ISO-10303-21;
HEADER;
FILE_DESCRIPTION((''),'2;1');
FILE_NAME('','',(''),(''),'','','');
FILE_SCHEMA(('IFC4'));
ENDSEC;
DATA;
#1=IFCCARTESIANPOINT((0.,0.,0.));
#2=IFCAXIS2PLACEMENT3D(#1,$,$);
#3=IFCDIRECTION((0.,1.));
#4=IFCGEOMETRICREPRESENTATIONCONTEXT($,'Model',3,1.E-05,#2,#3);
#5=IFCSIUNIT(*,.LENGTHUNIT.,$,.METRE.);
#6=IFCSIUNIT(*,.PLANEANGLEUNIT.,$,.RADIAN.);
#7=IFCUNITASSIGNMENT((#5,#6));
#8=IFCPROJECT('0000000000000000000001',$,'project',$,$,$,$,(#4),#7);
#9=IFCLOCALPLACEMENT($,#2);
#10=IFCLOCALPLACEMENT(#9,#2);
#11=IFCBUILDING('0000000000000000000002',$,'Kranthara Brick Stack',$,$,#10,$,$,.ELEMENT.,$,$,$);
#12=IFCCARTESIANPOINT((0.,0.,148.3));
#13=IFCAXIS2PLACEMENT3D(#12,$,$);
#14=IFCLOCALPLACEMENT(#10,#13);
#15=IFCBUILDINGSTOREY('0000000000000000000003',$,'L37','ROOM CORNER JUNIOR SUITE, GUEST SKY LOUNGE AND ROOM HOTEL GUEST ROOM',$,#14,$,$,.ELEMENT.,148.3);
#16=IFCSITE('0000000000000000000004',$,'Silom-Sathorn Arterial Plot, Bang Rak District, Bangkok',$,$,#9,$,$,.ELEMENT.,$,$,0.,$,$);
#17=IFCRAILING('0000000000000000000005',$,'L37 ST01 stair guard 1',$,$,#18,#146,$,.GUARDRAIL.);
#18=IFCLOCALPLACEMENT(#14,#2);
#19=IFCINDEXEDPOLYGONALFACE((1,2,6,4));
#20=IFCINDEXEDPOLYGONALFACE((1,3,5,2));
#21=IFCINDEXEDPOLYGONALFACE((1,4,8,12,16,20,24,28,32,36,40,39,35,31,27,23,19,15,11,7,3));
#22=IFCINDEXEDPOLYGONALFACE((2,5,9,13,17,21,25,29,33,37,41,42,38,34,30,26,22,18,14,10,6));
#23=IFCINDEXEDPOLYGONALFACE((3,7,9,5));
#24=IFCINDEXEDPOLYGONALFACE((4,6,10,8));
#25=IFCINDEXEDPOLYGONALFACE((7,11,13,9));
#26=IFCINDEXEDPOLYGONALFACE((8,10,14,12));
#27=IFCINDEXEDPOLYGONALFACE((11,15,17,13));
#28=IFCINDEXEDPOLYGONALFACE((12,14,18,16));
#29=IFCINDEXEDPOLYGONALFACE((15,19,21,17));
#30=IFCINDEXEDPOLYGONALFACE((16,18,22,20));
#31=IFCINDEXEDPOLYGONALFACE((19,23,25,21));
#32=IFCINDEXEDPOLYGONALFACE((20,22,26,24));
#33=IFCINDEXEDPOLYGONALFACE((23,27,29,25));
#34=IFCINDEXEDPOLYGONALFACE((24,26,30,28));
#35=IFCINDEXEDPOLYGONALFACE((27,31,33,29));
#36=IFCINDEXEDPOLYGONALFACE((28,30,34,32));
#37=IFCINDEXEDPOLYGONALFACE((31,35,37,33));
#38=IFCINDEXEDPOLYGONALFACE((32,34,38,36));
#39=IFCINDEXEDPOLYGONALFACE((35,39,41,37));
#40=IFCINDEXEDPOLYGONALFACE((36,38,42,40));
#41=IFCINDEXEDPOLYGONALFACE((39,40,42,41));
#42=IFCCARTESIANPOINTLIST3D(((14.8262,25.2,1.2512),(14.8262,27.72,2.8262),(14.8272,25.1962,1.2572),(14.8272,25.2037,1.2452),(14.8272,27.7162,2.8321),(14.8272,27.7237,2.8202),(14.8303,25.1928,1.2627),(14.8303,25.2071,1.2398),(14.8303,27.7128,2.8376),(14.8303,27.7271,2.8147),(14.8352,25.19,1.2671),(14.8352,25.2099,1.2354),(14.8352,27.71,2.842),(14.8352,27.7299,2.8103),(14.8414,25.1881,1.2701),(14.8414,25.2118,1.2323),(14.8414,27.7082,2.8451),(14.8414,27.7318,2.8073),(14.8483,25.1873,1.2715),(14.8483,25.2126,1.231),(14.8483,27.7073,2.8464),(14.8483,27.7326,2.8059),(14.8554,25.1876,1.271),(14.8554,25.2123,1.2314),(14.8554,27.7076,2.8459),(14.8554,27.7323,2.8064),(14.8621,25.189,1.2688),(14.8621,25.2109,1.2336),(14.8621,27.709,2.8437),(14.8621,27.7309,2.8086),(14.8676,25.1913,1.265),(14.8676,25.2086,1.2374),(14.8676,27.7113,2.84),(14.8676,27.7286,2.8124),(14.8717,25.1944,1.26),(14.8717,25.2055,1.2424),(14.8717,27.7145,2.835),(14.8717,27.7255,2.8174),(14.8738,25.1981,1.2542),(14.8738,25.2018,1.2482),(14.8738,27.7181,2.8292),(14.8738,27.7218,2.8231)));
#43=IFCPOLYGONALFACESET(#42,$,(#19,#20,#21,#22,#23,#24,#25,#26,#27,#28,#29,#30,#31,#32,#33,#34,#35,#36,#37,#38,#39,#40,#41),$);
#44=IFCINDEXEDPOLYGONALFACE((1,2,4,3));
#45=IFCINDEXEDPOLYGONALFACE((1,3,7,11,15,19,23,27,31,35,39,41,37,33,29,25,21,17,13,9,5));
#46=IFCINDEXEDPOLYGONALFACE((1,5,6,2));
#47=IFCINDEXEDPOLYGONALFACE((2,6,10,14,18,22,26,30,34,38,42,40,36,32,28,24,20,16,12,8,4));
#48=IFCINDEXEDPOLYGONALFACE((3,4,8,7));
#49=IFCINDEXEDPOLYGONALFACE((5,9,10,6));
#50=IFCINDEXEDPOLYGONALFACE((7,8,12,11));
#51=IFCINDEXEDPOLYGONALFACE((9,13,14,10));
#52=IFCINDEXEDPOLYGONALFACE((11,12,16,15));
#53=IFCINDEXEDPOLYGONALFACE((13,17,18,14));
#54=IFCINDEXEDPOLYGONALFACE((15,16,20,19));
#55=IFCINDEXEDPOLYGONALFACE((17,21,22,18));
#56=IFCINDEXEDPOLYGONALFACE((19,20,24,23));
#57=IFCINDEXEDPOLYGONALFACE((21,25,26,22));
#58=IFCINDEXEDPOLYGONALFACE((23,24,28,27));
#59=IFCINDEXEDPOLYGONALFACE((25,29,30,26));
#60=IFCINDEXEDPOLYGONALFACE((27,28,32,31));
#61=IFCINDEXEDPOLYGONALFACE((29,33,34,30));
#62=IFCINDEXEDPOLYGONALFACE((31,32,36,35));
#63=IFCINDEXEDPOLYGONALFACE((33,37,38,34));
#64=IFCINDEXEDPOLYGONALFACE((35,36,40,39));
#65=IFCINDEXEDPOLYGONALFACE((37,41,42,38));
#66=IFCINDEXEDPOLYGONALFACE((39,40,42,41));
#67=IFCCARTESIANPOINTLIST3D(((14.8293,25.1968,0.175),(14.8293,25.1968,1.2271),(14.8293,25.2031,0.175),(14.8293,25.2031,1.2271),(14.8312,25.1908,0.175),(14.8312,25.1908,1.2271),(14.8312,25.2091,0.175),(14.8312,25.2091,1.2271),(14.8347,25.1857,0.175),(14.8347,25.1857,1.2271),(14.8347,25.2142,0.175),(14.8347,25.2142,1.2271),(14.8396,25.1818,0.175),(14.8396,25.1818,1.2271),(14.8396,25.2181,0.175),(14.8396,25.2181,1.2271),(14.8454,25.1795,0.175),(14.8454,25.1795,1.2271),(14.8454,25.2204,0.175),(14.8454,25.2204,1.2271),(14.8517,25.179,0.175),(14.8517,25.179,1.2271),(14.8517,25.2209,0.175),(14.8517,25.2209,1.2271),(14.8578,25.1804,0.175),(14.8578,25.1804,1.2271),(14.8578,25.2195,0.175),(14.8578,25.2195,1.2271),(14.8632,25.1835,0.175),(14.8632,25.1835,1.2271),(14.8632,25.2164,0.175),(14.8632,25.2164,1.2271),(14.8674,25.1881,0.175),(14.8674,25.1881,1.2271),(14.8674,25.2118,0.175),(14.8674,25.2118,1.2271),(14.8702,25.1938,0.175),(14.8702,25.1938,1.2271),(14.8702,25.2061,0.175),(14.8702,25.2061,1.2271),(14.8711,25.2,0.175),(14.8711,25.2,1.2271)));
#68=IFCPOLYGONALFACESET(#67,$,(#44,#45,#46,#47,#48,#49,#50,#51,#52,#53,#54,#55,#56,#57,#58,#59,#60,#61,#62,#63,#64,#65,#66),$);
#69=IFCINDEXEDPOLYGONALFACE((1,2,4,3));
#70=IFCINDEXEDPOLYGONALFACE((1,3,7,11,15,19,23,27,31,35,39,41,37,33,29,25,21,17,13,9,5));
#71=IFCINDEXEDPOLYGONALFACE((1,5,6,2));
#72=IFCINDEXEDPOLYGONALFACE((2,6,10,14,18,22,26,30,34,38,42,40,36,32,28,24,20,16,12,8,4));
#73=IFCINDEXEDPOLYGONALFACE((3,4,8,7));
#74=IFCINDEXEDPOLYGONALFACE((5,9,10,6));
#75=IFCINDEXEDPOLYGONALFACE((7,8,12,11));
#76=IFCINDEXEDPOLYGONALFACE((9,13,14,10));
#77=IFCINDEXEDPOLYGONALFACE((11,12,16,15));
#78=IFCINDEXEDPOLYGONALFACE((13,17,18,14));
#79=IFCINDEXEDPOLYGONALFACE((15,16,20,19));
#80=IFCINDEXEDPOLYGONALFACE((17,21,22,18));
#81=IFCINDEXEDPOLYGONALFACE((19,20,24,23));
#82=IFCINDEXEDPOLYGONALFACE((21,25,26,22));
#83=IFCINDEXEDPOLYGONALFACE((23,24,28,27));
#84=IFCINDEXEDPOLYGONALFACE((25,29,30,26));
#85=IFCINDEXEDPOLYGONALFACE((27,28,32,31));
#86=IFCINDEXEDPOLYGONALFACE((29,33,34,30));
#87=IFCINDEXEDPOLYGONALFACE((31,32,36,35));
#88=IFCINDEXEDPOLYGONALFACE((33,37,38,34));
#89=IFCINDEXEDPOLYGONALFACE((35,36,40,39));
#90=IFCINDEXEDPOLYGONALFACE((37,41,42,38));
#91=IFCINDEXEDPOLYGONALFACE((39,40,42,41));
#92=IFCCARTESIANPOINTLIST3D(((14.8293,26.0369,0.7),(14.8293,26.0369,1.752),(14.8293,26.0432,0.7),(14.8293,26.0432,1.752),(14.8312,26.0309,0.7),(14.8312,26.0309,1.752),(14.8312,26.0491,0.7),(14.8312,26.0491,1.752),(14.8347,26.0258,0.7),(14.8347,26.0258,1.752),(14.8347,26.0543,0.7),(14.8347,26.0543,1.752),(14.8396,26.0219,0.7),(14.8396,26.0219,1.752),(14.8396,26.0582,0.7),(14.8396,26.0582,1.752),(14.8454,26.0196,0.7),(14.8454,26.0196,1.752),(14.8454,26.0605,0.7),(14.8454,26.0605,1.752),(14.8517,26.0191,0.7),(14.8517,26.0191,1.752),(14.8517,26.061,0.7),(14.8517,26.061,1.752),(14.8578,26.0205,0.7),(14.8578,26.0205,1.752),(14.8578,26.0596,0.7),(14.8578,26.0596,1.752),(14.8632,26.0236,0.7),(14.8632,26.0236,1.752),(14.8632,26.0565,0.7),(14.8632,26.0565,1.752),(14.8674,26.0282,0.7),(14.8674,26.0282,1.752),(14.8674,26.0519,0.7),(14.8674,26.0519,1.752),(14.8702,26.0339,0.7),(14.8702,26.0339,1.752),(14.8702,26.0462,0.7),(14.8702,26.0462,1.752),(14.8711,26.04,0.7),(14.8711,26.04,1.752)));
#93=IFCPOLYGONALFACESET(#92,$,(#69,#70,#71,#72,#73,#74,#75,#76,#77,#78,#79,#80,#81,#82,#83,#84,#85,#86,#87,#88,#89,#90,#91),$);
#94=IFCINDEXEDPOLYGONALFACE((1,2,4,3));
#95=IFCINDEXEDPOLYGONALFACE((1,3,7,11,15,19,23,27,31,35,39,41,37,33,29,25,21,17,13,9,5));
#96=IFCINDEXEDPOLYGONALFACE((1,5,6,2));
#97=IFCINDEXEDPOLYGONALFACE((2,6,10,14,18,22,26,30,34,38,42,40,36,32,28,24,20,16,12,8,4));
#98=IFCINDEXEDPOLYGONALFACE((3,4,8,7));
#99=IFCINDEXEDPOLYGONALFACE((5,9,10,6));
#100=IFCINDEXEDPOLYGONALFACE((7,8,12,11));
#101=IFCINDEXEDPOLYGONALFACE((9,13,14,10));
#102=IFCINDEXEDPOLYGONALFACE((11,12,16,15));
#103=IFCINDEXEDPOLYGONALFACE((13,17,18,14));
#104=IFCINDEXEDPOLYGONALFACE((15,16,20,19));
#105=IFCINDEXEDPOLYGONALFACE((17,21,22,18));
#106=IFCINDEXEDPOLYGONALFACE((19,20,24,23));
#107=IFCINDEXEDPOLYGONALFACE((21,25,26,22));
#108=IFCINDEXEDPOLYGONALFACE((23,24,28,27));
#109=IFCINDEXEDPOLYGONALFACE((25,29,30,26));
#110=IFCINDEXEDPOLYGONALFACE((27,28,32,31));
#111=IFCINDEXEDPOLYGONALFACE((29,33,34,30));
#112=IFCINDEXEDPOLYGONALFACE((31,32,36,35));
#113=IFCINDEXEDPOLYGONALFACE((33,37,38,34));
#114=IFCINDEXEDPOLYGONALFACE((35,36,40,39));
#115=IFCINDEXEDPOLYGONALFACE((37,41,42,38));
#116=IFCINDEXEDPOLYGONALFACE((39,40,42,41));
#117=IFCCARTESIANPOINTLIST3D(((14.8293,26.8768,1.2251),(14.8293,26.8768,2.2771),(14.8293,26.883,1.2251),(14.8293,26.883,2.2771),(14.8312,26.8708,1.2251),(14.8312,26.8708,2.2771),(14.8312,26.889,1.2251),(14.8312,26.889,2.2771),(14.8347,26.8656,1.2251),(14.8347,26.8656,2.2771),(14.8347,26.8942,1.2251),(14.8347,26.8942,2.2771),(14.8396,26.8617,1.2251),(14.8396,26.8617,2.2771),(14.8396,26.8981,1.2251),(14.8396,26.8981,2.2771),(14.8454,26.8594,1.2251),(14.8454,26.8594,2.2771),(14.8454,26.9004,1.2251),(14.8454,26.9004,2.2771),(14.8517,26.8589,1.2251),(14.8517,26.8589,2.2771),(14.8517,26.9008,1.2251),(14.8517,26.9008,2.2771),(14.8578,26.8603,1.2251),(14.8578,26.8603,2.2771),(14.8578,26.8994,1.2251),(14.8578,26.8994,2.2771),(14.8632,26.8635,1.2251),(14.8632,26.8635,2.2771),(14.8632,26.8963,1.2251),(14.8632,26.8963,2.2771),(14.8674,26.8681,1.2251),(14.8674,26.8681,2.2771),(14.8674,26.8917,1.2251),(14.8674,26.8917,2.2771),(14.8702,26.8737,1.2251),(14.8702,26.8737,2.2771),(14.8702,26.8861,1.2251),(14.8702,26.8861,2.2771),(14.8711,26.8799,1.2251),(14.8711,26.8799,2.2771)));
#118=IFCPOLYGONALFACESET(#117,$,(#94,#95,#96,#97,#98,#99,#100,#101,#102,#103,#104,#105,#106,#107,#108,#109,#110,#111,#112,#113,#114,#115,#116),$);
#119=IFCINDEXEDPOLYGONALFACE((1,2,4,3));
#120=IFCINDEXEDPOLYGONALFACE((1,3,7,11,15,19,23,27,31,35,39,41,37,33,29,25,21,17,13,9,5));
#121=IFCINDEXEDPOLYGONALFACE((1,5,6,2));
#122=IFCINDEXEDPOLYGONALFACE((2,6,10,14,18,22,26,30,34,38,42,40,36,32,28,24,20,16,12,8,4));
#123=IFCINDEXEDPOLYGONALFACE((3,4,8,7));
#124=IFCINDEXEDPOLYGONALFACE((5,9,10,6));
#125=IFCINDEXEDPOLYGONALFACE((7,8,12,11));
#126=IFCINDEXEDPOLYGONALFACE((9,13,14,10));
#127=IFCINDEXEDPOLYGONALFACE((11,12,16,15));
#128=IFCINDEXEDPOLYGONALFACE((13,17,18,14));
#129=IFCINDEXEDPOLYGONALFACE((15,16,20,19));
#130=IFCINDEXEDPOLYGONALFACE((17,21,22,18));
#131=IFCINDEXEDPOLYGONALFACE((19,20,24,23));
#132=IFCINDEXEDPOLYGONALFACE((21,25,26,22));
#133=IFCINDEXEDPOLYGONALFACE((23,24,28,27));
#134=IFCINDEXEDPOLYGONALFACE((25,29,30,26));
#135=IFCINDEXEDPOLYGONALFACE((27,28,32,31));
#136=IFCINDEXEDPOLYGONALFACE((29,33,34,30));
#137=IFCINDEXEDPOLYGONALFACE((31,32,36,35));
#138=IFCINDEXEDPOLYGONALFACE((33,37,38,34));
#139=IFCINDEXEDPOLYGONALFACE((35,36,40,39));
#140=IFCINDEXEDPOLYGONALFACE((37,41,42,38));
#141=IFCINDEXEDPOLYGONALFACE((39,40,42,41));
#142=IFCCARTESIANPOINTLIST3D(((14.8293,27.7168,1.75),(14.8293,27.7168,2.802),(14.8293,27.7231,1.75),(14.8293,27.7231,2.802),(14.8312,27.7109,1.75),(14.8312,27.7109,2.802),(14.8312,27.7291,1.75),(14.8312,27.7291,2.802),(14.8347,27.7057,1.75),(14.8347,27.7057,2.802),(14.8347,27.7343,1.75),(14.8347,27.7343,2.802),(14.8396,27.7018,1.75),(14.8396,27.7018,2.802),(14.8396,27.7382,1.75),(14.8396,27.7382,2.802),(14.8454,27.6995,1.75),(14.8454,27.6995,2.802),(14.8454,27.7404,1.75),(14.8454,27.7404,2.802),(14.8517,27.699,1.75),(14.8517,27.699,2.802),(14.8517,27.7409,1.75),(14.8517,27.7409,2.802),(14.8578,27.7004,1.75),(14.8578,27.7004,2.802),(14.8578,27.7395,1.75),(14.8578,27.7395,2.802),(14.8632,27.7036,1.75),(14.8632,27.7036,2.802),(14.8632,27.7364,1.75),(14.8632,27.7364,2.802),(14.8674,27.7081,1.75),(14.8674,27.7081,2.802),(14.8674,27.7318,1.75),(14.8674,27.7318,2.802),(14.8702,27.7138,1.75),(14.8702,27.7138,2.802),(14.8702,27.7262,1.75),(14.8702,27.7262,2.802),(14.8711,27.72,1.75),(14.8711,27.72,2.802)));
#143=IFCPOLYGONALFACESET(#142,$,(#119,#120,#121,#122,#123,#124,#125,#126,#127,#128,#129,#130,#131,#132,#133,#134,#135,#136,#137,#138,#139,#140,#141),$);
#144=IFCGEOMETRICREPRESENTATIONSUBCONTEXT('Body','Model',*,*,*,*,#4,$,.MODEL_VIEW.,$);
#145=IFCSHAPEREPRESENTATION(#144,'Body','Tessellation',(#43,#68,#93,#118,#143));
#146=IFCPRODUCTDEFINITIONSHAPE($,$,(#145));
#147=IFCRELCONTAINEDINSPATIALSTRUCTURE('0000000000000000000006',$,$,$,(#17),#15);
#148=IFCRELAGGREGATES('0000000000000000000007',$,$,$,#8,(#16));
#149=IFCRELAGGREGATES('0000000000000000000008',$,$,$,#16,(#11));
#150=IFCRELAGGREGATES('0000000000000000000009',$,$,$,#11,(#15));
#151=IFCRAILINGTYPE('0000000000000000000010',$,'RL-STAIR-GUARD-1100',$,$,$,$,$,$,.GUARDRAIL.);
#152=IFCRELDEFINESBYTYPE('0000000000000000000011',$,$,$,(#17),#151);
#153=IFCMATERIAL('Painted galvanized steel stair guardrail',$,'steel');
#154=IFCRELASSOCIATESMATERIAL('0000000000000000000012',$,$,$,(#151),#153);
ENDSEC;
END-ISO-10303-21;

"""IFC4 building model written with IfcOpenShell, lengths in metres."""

from ifc_helpers import new_model, si_unit, direction, frame, origin, origin_2d, place, context, subcontext, project, spatial, circle, extrude, material, type_object, element, save


model = new_model("IFC4")

# Units and contexts
model_context = context("Model", 3, precision=1e-05, world=origin(), true_north=direction((0.0, 1.0)))
body_context = subcontext(model_context, "Body", "Model", "MODEL_VIEW")
ifc_project = project(units=[si_unit("LENGTHUNIT", "METRE"), si_unit("PLANEANGLEUNIT", "RADIAN")], contexts=[model_context])

# Site, building, storey
site_placement = place(None, origin())
site = spatial("IfcSite", under=ifc_project, at=site_placement, Name="Silom-Sathorn Arterial Plot, Bang Rak District, Bangkok", CompositionType="ELEMENT", RefElevation=0.0)
building_placement = place(site_placement, origin())
building = spatial("IfcBuilding", under=site, at=building_placement, Name="Kranthara Brick Stack", CompositionType="ELEMENT")
storey_placement = place(building_placement, frame((0.0, 0.0, 148.3)))
storey = spatial("IfcBuildingStorey", under=building, at=storey_placement, Name="L37", Description="ROOM CORNER JUNIOR SUITE, GUEST SKY LOUNGE AND ROOM HOTEL GUEST ROOM", CompositionType="ELEMENT", Elevation=148.3)

# Railing
ifc_material_1 = material(Name="Painted galvanized steel stair guardrail", Category="steel")
railing_type_1 = type_object("IfcRailingType", Name="RL-STAIR-GUARD-1100", PredefinedType="GUARDRAIL", material=ifc_material_1)
railing_1_placement = place(storey_placement, frame((14.8501, 25.2, 0.175)))
element("IfcRailing", 1, at=railing_1_placement, inside=storey, type_object=railing_type_1, Name="L37 ST01 stair guard 1", PredefinedType="GUARDRAIL", context=body_context, shape_type="SweptSolid", body=[
    extrude(circle(Radius=0.0239, at=origin_2d()), frame((0.0, 0.0, 1.0762), z_axis=(0.0, 0.848008, 0.529984), x_axis=(-1.0, 0.0, 0.0)), (0.0, 0.0, 1.0), 2.9717),
    extrude(circle(Radius=0.021, at=origin_2d()), origin(), (0.0, 0.0, 1.0), 1.052),
    extrude(circle(Radius=0.021, at=origin_2d()), frame((0.0, 0.8401, 0.5249)), (0.0, 0.0, 1.0), 1.052),
    extrude(circle(Radius=0.021, at=origin_2d()), frame((0.0, 1.6799, 1.05)), (0.0, 0.0, 1.0), 1.052),
    extrude(circle(Radius=0.021, at=origin_2d()), frame((0.0, 2.52, 1.575)), (0.0, 0.0, 1.0), 1.052),
])

save(model, "model.ifc")
